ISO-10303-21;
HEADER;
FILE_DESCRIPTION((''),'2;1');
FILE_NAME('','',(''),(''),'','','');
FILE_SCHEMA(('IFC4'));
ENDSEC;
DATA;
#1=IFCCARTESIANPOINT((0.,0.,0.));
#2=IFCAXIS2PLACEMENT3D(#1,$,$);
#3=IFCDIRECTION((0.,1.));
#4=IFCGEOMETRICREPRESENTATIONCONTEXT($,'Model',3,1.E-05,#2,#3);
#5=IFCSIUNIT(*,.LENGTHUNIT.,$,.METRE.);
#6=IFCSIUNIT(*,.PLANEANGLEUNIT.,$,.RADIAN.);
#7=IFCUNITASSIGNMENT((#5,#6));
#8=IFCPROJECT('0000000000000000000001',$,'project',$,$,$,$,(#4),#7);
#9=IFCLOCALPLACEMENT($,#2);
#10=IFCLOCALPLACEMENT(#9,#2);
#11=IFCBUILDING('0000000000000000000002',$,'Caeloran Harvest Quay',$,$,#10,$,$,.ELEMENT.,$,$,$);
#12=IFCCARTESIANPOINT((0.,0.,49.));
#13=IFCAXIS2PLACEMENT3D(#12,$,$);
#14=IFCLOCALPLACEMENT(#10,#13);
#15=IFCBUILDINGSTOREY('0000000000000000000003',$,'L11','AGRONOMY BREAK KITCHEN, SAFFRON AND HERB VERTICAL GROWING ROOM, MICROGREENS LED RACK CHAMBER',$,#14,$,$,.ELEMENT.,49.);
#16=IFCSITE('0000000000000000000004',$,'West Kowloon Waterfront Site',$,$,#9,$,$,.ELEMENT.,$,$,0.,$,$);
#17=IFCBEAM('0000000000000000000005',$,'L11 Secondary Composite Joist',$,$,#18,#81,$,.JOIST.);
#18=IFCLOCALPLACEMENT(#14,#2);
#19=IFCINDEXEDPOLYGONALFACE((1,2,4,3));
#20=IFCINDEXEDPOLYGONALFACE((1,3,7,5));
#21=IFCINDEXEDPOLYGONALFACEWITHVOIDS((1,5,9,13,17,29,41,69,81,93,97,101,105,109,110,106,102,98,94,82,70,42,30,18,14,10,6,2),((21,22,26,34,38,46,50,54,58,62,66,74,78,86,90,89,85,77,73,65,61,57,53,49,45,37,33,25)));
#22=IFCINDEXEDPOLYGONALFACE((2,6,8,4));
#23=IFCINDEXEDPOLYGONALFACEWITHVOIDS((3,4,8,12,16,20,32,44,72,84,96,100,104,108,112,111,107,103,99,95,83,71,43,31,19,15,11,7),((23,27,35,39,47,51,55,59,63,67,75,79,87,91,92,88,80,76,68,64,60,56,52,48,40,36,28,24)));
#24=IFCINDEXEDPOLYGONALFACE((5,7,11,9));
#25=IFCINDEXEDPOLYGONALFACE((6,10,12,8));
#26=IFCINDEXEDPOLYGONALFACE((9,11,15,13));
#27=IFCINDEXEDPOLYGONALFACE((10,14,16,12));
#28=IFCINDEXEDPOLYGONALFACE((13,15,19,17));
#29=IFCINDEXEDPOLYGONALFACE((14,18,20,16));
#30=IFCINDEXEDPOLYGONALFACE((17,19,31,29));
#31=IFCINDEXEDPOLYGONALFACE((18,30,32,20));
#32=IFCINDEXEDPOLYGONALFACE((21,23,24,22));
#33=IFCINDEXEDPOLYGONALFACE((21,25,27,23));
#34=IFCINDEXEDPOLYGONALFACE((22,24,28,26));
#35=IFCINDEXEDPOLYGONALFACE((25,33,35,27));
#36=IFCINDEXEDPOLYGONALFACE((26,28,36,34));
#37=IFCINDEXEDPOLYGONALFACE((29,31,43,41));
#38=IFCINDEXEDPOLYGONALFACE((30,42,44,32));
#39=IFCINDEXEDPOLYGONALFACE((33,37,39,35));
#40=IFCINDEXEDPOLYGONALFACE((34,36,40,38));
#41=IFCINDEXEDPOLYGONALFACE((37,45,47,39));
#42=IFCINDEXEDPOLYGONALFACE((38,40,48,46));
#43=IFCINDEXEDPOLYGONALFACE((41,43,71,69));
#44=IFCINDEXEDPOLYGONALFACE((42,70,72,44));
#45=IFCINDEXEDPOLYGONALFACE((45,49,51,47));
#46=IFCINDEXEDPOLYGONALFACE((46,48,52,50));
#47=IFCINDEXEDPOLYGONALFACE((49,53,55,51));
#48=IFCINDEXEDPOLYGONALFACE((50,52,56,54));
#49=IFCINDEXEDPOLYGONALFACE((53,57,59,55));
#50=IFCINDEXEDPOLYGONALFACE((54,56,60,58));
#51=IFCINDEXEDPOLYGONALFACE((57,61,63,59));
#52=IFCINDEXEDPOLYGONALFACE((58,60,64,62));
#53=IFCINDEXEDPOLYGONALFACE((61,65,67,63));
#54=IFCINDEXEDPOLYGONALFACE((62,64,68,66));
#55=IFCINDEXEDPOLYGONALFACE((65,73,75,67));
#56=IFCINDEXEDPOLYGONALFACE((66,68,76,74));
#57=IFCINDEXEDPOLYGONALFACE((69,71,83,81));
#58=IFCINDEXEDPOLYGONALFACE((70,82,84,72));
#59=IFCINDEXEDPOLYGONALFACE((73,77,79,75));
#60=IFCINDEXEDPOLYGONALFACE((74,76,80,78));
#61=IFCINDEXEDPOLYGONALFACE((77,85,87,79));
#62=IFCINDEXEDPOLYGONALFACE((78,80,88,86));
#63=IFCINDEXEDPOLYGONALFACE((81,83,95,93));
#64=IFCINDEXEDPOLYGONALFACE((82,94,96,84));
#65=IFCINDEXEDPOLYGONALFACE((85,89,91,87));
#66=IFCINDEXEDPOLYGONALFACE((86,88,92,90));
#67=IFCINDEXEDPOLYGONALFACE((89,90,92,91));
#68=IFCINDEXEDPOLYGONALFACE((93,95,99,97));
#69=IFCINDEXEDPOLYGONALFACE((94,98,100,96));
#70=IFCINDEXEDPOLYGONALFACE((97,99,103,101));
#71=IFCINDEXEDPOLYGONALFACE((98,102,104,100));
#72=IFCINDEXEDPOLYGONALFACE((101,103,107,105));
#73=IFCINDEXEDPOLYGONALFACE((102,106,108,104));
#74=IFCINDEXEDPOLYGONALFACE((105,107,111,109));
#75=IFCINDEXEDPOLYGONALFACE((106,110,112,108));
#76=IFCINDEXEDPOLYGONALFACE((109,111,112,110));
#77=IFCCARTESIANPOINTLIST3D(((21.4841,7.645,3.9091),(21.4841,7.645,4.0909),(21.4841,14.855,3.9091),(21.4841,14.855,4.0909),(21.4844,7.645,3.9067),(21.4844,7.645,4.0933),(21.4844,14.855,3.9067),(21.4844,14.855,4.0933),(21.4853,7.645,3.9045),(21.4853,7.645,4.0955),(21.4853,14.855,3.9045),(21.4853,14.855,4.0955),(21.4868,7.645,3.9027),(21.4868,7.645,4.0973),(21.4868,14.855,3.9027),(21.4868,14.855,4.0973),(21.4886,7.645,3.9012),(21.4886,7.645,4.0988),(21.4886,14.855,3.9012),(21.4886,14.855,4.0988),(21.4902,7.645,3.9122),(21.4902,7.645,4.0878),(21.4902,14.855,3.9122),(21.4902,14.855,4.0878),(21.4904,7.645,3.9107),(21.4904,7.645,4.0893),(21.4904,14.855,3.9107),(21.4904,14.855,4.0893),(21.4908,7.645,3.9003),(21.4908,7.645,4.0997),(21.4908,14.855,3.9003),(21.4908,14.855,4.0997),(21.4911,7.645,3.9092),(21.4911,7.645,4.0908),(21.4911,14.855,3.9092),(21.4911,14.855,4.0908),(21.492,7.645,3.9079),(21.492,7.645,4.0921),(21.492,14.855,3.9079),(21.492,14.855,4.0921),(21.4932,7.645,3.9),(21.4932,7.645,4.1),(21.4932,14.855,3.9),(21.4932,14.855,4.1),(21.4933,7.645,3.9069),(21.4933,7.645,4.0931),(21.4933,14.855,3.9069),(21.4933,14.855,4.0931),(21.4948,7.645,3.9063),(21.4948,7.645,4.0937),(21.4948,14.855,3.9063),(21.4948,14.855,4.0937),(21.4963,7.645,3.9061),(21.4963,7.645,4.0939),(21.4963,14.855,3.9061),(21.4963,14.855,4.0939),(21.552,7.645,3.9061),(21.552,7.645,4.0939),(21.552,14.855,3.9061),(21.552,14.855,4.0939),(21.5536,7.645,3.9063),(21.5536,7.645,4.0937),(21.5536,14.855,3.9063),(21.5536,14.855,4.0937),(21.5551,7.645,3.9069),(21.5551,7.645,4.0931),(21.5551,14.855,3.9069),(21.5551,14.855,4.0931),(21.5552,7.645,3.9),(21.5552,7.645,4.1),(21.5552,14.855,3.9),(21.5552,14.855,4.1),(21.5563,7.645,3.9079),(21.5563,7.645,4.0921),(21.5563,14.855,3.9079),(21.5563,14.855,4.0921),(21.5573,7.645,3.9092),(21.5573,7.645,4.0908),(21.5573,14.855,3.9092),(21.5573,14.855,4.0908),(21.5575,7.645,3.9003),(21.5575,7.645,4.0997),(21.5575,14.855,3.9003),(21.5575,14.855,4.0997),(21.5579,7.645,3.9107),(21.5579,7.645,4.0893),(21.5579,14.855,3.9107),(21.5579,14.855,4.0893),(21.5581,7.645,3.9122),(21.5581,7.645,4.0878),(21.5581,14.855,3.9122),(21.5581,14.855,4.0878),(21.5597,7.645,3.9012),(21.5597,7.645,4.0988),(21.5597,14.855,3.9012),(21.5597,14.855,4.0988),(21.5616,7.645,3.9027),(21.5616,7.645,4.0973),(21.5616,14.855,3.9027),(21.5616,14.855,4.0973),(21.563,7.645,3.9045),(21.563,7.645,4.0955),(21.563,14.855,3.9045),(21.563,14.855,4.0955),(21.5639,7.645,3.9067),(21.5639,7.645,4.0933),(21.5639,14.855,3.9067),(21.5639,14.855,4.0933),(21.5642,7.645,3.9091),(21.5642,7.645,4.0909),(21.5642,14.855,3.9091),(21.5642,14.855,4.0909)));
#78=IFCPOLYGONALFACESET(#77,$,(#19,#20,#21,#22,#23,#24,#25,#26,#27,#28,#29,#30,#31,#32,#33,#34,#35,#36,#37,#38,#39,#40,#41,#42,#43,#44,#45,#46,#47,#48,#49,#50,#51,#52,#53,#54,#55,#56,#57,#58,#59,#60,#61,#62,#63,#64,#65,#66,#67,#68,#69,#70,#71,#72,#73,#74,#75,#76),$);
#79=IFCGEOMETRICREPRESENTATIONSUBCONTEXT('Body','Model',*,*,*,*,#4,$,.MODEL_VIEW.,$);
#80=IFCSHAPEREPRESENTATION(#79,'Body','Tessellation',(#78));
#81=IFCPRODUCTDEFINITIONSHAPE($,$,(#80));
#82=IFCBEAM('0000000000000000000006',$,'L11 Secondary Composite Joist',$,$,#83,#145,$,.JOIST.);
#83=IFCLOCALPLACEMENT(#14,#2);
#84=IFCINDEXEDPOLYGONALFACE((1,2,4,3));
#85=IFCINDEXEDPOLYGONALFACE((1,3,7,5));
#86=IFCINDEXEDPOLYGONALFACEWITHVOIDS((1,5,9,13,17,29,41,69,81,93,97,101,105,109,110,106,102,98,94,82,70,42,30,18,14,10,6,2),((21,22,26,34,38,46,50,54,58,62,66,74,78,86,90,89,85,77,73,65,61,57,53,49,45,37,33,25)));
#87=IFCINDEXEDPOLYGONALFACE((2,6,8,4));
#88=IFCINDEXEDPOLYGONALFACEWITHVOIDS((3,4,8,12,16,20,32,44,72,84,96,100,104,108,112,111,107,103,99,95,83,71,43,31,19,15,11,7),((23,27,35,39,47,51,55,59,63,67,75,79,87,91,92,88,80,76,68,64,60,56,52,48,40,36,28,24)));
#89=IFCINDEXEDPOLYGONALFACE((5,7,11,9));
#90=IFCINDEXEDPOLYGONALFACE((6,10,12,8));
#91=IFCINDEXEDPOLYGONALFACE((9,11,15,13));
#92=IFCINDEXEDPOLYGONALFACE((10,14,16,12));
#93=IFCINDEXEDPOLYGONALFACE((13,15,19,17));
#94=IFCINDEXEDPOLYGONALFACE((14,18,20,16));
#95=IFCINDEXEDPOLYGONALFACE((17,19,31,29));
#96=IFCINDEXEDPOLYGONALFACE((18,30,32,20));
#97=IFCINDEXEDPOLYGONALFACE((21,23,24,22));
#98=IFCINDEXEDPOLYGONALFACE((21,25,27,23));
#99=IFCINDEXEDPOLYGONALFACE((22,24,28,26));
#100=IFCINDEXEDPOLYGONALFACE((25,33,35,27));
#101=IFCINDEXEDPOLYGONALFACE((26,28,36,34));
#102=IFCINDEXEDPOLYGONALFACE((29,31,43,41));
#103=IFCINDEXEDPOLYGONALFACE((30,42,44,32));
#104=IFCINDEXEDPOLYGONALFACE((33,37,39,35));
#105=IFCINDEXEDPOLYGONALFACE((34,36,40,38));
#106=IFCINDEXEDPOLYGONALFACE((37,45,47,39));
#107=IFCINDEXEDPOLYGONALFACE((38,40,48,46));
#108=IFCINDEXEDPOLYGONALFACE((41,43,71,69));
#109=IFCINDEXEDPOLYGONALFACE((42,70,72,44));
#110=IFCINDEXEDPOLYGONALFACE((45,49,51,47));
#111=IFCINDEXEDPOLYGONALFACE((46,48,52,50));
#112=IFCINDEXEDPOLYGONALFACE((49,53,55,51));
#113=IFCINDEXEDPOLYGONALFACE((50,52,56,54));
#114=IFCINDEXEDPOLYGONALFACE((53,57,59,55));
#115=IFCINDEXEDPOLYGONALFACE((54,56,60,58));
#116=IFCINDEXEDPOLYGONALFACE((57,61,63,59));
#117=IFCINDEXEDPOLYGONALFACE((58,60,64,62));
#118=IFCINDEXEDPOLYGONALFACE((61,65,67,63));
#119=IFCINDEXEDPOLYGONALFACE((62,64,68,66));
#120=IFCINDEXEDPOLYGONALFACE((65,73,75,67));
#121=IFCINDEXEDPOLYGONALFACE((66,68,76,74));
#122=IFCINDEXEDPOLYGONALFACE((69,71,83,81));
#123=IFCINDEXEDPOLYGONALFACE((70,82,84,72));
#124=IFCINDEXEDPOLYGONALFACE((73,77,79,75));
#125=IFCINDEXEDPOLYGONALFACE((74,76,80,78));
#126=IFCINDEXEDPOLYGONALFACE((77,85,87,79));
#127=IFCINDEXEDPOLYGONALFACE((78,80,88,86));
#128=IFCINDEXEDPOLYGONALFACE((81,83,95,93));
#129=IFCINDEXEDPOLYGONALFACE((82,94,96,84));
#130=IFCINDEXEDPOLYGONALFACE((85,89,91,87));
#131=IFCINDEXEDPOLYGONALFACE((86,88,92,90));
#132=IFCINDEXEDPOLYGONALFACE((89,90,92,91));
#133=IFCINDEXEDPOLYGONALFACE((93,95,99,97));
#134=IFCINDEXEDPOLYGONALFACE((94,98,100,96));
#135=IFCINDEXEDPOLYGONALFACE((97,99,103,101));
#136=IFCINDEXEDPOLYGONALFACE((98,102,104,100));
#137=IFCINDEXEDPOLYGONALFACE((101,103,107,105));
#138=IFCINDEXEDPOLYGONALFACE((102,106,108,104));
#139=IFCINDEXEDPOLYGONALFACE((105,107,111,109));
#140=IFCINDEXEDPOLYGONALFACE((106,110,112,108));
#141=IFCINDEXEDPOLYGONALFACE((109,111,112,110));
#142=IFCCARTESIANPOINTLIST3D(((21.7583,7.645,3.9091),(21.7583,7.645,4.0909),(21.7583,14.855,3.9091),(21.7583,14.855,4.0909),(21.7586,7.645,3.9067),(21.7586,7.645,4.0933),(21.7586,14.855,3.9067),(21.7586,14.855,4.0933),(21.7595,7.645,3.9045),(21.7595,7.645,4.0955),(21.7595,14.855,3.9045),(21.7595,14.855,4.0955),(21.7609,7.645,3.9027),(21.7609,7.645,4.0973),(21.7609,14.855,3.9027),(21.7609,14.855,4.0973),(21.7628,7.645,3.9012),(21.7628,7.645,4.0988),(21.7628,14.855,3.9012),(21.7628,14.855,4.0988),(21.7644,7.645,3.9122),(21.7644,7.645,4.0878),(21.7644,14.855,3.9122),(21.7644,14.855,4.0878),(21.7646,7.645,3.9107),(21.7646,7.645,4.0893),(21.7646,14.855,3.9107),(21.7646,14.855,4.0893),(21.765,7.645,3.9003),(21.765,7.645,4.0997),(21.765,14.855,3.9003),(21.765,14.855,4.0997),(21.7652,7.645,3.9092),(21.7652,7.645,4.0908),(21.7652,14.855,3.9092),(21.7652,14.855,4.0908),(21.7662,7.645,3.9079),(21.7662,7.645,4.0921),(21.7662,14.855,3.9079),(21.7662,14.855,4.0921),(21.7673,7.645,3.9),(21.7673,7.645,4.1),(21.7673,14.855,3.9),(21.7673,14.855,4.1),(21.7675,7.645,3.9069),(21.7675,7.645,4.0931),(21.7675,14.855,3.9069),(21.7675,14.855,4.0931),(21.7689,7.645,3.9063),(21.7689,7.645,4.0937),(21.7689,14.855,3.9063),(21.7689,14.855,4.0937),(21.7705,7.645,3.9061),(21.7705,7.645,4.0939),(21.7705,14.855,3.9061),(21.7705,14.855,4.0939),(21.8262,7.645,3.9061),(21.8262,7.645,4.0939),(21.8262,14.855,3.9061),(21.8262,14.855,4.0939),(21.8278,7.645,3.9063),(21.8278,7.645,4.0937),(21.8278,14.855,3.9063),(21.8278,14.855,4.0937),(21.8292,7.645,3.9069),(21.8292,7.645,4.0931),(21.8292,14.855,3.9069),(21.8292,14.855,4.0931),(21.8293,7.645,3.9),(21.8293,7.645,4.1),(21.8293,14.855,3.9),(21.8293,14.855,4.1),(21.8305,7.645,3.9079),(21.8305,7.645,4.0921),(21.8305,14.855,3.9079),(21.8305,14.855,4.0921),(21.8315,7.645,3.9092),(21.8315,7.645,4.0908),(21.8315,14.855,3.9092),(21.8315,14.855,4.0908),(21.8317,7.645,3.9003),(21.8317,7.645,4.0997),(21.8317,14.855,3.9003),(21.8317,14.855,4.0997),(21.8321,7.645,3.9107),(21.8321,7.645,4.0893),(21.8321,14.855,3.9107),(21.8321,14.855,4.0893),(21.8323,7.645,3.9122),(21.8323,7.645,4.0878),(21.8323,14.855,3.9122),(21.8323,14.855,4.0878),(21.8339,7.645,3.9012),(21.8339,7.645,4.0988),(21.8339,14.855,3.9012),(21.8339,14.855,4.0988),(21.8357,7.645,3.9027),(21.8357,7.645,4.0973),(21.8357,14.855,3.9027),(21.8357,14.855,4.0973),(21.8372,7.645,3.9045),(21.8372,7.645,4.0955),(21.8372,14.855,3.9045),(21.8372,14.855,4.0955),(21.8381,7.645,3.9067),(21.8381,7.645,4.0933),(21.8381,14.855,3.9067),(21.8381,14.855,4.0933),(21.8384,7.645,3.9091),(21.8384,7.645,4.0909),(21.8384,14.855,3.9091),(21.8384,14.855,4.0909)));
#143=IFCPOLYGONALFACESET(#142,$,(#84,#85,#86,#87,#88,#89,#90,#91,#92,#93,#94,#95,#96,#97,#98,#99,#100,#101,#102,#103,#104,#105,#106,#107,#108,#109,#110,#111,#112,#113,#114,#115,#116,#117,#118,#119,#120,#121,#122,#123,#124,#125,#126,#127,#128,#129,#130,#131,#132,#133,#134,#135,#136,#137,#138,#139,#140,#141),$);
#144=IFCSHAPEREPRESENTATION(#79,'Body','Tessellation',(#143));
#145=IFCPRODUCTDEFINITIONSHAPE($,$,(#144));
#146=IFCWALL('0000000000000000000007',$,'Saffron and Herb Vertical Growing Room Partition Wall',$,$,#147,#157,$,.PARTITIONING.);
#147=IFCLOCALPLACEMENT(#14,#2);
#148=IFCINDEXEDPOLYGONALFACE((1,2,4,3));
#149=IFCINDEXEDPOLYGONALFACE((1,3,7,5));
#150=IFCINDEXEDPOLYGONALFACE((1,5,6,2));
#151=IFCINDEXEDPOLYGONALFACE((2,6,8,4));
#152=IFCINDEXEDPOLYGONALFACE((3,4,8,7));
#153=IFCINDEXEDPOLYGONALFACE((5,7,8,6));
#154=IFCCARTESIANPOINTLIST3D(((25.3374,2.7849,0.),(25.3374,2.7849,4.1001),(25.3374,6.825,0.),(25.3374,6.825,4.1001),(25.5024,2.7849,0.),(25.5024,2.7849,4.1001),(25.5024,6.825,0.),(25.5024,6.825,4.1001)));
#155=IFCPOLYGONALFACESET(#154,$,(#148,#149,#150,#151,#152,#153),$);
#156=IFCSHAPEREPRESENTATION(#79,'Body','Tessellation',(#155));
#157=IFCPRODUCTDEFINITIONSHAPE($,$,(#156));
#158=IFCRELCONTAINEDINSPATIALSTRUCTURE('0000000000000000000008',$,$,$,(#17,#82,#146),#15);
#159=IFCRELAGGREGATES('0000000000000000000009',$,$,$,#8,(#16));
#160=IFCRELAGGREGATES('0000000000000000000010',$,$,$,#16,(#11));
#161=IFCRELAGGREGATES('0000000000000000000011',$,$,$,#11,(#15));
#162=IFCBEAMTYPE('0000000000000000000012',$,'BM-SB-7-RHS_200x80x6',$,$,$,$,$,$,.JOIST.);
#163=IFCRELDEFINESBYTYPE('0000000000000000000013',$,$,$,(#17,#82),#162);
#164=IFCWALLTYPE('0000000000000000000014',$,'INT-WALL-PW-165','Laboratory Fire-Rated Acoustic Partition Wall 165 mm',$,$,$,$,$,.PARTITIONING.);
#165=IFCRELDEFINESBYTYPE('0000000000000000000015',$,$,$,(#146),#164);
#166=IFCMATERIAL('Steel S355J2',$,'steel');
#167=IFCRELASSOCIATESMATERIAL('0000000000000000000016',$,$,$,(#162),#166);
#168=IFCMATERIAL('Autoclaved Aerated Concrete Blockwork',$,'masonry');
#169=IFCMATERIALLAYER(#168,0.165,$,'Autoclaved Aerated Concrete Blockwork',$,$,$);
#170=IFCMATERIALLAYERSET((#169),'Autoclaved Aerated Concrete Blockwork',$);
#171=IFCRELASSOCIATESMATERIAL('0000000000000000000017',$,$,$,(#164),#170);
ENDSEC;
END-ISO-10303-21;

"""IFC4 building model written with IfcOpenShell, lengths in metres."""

from ifc_helpers import new_model, si_unit, direction, frame, frame_2d, origin, origin_2d, place, context, subcontext, project, spatial, rectangle, hollow_rectangle, extrude, material, layer, layer_set, material_profile, profile_set, type_object, element, save


model = new_model("IFC4")

# Units and contexts
model_context = context("Model", 3, precision=1e-05, world=origin(), true_north=direction((0.0, 1.0)))
body_context = subcontext(model_context, "Body", "Model", "MODEL_VIEW")
ifc_project = project(units=[si_unit("LENGTHUNIT", "METRE"), si_unit("PLANEANGLEUNIT", "RADIAN")], contexts=[model_context])

# Site, building, storey
site_placement = place(None, origin())
site = spatial("IfcSite", under=ifc_project, at=site_placement, Name="West Kowloon Waterfront Site", CompositionType="ELEMENT", RefElevation=0.0)
building_placement = place(site_placement, origin())
building = spatial("IfcBuilding", under=site, at=building_placement, Name="Caeloran Harvest Quay", CompositionType="ELEMENT")
storey_placement = place(building_placement, frame((0.0, 0.0, 49.0)))
storey = spatial("IfcBuildingStorey", under=building, at=storey_placement, Name="L11", Description="AGRONOMY BREAK KITCHEN, SAFFRON AND HERB VERTICAL GROWING ROOM, MICROGREENS LED RACK CHAMBER", CompositionType="ELEMENT", Elevation=49.0)

# Beams
ifc_material_1 = material(Name="Steel S355J2", Category="steel")
ifc_material_profile_1 = material_profile(ifc_material_1, hollow_rectangle(XDim=0.0801, YDim=0.2, WallThickness=0.0061, InnerFilletRadius=0.0061, OuterFilletRadius=0.009, at=origin_2d()), Name="RHS 200x80x6")
ifc_profile_set_1 = profile_set([ifc_material_profile_1], Name="Steel S355J2")
beam_type_1 = type_object("IfcBeamType", Name="BM-SB-7-RHS_200x80x6", PredefinedType="JOIST", material=ifc_profile_set_1)
for number, where, z_axis, x_axis, name in (
    (1, (21.5242, 7.645, 4.0), (0.0, 1.0, 0.0), (-1.0, 0.0, 0.0), "L11 Secondary Composite Joist"),
    (2, (21.7983, 7.645, 4.0), (0.0, 1.0, 0.0), (-1.0, 0.0, 0.0), "L11 Secondary Composite Joist"),
):
    element("IfcBeam", number, at=place(storey_placement, frame(where, z_axis=z_axis, x_axis=x_axis)), inside=storey, type_object=beam_type_1, Name=name, PredefinedType="JOIST", context=body_context, shape_type="SweptSolid", body=[
        extrude(hollow_rectangle(XDim=0.0801, YDim=0.2, WallThickness=0.0061, InnerFilletRadius=0.0061, OuterFilletRadius=0.009, at=origin_2d()), origin(), (0.0, 0.0, 1.0), 7.21),
    ])

# Wall
ifc_material_2 = material(Name="Autoclaved Aerated Concrete Blockwork", Category="masonry")
ifc_layer = layer(ifc_material_2, 0.165, Name="Autoclaved Aerated Concrete Blockwork")
ifc_layer_set = layer_set([ifc_layer], Name="Autoclaved Aerated Concrete Blockwork")
wall_type = type_object("IfcWallType", Name="INT-WALL-PW-165", Description="Laboratory Fire-Rated Acoustic Partition Wall 165 mm", PredefinedType="PARTITIONING", material=ifc_layer_set)
wall_placement = place(storey_placement, frame((25.4199, 6.825, 0.0), z_axis=(0.0, 0.0, 1.0), x_axis=(0.0, -1.0, 0.0)))
element("IfcWall", 3, at=wall_placement, inside=storey, type_object=wall_type, Name="Saffron and Herb Vertical Growing Room Partition Wall", PredefinedType="PARTITIONING", context=body_context, shape_type="SweptSolid", body=[
    extrude(rectangle(XDim=4.04, YDim=0.165, at=frame_2d((2.02, 0.0))), origin(), (0.0, 0.0, 1.0), 4.1001),
])

save(model, "model.ifc")
